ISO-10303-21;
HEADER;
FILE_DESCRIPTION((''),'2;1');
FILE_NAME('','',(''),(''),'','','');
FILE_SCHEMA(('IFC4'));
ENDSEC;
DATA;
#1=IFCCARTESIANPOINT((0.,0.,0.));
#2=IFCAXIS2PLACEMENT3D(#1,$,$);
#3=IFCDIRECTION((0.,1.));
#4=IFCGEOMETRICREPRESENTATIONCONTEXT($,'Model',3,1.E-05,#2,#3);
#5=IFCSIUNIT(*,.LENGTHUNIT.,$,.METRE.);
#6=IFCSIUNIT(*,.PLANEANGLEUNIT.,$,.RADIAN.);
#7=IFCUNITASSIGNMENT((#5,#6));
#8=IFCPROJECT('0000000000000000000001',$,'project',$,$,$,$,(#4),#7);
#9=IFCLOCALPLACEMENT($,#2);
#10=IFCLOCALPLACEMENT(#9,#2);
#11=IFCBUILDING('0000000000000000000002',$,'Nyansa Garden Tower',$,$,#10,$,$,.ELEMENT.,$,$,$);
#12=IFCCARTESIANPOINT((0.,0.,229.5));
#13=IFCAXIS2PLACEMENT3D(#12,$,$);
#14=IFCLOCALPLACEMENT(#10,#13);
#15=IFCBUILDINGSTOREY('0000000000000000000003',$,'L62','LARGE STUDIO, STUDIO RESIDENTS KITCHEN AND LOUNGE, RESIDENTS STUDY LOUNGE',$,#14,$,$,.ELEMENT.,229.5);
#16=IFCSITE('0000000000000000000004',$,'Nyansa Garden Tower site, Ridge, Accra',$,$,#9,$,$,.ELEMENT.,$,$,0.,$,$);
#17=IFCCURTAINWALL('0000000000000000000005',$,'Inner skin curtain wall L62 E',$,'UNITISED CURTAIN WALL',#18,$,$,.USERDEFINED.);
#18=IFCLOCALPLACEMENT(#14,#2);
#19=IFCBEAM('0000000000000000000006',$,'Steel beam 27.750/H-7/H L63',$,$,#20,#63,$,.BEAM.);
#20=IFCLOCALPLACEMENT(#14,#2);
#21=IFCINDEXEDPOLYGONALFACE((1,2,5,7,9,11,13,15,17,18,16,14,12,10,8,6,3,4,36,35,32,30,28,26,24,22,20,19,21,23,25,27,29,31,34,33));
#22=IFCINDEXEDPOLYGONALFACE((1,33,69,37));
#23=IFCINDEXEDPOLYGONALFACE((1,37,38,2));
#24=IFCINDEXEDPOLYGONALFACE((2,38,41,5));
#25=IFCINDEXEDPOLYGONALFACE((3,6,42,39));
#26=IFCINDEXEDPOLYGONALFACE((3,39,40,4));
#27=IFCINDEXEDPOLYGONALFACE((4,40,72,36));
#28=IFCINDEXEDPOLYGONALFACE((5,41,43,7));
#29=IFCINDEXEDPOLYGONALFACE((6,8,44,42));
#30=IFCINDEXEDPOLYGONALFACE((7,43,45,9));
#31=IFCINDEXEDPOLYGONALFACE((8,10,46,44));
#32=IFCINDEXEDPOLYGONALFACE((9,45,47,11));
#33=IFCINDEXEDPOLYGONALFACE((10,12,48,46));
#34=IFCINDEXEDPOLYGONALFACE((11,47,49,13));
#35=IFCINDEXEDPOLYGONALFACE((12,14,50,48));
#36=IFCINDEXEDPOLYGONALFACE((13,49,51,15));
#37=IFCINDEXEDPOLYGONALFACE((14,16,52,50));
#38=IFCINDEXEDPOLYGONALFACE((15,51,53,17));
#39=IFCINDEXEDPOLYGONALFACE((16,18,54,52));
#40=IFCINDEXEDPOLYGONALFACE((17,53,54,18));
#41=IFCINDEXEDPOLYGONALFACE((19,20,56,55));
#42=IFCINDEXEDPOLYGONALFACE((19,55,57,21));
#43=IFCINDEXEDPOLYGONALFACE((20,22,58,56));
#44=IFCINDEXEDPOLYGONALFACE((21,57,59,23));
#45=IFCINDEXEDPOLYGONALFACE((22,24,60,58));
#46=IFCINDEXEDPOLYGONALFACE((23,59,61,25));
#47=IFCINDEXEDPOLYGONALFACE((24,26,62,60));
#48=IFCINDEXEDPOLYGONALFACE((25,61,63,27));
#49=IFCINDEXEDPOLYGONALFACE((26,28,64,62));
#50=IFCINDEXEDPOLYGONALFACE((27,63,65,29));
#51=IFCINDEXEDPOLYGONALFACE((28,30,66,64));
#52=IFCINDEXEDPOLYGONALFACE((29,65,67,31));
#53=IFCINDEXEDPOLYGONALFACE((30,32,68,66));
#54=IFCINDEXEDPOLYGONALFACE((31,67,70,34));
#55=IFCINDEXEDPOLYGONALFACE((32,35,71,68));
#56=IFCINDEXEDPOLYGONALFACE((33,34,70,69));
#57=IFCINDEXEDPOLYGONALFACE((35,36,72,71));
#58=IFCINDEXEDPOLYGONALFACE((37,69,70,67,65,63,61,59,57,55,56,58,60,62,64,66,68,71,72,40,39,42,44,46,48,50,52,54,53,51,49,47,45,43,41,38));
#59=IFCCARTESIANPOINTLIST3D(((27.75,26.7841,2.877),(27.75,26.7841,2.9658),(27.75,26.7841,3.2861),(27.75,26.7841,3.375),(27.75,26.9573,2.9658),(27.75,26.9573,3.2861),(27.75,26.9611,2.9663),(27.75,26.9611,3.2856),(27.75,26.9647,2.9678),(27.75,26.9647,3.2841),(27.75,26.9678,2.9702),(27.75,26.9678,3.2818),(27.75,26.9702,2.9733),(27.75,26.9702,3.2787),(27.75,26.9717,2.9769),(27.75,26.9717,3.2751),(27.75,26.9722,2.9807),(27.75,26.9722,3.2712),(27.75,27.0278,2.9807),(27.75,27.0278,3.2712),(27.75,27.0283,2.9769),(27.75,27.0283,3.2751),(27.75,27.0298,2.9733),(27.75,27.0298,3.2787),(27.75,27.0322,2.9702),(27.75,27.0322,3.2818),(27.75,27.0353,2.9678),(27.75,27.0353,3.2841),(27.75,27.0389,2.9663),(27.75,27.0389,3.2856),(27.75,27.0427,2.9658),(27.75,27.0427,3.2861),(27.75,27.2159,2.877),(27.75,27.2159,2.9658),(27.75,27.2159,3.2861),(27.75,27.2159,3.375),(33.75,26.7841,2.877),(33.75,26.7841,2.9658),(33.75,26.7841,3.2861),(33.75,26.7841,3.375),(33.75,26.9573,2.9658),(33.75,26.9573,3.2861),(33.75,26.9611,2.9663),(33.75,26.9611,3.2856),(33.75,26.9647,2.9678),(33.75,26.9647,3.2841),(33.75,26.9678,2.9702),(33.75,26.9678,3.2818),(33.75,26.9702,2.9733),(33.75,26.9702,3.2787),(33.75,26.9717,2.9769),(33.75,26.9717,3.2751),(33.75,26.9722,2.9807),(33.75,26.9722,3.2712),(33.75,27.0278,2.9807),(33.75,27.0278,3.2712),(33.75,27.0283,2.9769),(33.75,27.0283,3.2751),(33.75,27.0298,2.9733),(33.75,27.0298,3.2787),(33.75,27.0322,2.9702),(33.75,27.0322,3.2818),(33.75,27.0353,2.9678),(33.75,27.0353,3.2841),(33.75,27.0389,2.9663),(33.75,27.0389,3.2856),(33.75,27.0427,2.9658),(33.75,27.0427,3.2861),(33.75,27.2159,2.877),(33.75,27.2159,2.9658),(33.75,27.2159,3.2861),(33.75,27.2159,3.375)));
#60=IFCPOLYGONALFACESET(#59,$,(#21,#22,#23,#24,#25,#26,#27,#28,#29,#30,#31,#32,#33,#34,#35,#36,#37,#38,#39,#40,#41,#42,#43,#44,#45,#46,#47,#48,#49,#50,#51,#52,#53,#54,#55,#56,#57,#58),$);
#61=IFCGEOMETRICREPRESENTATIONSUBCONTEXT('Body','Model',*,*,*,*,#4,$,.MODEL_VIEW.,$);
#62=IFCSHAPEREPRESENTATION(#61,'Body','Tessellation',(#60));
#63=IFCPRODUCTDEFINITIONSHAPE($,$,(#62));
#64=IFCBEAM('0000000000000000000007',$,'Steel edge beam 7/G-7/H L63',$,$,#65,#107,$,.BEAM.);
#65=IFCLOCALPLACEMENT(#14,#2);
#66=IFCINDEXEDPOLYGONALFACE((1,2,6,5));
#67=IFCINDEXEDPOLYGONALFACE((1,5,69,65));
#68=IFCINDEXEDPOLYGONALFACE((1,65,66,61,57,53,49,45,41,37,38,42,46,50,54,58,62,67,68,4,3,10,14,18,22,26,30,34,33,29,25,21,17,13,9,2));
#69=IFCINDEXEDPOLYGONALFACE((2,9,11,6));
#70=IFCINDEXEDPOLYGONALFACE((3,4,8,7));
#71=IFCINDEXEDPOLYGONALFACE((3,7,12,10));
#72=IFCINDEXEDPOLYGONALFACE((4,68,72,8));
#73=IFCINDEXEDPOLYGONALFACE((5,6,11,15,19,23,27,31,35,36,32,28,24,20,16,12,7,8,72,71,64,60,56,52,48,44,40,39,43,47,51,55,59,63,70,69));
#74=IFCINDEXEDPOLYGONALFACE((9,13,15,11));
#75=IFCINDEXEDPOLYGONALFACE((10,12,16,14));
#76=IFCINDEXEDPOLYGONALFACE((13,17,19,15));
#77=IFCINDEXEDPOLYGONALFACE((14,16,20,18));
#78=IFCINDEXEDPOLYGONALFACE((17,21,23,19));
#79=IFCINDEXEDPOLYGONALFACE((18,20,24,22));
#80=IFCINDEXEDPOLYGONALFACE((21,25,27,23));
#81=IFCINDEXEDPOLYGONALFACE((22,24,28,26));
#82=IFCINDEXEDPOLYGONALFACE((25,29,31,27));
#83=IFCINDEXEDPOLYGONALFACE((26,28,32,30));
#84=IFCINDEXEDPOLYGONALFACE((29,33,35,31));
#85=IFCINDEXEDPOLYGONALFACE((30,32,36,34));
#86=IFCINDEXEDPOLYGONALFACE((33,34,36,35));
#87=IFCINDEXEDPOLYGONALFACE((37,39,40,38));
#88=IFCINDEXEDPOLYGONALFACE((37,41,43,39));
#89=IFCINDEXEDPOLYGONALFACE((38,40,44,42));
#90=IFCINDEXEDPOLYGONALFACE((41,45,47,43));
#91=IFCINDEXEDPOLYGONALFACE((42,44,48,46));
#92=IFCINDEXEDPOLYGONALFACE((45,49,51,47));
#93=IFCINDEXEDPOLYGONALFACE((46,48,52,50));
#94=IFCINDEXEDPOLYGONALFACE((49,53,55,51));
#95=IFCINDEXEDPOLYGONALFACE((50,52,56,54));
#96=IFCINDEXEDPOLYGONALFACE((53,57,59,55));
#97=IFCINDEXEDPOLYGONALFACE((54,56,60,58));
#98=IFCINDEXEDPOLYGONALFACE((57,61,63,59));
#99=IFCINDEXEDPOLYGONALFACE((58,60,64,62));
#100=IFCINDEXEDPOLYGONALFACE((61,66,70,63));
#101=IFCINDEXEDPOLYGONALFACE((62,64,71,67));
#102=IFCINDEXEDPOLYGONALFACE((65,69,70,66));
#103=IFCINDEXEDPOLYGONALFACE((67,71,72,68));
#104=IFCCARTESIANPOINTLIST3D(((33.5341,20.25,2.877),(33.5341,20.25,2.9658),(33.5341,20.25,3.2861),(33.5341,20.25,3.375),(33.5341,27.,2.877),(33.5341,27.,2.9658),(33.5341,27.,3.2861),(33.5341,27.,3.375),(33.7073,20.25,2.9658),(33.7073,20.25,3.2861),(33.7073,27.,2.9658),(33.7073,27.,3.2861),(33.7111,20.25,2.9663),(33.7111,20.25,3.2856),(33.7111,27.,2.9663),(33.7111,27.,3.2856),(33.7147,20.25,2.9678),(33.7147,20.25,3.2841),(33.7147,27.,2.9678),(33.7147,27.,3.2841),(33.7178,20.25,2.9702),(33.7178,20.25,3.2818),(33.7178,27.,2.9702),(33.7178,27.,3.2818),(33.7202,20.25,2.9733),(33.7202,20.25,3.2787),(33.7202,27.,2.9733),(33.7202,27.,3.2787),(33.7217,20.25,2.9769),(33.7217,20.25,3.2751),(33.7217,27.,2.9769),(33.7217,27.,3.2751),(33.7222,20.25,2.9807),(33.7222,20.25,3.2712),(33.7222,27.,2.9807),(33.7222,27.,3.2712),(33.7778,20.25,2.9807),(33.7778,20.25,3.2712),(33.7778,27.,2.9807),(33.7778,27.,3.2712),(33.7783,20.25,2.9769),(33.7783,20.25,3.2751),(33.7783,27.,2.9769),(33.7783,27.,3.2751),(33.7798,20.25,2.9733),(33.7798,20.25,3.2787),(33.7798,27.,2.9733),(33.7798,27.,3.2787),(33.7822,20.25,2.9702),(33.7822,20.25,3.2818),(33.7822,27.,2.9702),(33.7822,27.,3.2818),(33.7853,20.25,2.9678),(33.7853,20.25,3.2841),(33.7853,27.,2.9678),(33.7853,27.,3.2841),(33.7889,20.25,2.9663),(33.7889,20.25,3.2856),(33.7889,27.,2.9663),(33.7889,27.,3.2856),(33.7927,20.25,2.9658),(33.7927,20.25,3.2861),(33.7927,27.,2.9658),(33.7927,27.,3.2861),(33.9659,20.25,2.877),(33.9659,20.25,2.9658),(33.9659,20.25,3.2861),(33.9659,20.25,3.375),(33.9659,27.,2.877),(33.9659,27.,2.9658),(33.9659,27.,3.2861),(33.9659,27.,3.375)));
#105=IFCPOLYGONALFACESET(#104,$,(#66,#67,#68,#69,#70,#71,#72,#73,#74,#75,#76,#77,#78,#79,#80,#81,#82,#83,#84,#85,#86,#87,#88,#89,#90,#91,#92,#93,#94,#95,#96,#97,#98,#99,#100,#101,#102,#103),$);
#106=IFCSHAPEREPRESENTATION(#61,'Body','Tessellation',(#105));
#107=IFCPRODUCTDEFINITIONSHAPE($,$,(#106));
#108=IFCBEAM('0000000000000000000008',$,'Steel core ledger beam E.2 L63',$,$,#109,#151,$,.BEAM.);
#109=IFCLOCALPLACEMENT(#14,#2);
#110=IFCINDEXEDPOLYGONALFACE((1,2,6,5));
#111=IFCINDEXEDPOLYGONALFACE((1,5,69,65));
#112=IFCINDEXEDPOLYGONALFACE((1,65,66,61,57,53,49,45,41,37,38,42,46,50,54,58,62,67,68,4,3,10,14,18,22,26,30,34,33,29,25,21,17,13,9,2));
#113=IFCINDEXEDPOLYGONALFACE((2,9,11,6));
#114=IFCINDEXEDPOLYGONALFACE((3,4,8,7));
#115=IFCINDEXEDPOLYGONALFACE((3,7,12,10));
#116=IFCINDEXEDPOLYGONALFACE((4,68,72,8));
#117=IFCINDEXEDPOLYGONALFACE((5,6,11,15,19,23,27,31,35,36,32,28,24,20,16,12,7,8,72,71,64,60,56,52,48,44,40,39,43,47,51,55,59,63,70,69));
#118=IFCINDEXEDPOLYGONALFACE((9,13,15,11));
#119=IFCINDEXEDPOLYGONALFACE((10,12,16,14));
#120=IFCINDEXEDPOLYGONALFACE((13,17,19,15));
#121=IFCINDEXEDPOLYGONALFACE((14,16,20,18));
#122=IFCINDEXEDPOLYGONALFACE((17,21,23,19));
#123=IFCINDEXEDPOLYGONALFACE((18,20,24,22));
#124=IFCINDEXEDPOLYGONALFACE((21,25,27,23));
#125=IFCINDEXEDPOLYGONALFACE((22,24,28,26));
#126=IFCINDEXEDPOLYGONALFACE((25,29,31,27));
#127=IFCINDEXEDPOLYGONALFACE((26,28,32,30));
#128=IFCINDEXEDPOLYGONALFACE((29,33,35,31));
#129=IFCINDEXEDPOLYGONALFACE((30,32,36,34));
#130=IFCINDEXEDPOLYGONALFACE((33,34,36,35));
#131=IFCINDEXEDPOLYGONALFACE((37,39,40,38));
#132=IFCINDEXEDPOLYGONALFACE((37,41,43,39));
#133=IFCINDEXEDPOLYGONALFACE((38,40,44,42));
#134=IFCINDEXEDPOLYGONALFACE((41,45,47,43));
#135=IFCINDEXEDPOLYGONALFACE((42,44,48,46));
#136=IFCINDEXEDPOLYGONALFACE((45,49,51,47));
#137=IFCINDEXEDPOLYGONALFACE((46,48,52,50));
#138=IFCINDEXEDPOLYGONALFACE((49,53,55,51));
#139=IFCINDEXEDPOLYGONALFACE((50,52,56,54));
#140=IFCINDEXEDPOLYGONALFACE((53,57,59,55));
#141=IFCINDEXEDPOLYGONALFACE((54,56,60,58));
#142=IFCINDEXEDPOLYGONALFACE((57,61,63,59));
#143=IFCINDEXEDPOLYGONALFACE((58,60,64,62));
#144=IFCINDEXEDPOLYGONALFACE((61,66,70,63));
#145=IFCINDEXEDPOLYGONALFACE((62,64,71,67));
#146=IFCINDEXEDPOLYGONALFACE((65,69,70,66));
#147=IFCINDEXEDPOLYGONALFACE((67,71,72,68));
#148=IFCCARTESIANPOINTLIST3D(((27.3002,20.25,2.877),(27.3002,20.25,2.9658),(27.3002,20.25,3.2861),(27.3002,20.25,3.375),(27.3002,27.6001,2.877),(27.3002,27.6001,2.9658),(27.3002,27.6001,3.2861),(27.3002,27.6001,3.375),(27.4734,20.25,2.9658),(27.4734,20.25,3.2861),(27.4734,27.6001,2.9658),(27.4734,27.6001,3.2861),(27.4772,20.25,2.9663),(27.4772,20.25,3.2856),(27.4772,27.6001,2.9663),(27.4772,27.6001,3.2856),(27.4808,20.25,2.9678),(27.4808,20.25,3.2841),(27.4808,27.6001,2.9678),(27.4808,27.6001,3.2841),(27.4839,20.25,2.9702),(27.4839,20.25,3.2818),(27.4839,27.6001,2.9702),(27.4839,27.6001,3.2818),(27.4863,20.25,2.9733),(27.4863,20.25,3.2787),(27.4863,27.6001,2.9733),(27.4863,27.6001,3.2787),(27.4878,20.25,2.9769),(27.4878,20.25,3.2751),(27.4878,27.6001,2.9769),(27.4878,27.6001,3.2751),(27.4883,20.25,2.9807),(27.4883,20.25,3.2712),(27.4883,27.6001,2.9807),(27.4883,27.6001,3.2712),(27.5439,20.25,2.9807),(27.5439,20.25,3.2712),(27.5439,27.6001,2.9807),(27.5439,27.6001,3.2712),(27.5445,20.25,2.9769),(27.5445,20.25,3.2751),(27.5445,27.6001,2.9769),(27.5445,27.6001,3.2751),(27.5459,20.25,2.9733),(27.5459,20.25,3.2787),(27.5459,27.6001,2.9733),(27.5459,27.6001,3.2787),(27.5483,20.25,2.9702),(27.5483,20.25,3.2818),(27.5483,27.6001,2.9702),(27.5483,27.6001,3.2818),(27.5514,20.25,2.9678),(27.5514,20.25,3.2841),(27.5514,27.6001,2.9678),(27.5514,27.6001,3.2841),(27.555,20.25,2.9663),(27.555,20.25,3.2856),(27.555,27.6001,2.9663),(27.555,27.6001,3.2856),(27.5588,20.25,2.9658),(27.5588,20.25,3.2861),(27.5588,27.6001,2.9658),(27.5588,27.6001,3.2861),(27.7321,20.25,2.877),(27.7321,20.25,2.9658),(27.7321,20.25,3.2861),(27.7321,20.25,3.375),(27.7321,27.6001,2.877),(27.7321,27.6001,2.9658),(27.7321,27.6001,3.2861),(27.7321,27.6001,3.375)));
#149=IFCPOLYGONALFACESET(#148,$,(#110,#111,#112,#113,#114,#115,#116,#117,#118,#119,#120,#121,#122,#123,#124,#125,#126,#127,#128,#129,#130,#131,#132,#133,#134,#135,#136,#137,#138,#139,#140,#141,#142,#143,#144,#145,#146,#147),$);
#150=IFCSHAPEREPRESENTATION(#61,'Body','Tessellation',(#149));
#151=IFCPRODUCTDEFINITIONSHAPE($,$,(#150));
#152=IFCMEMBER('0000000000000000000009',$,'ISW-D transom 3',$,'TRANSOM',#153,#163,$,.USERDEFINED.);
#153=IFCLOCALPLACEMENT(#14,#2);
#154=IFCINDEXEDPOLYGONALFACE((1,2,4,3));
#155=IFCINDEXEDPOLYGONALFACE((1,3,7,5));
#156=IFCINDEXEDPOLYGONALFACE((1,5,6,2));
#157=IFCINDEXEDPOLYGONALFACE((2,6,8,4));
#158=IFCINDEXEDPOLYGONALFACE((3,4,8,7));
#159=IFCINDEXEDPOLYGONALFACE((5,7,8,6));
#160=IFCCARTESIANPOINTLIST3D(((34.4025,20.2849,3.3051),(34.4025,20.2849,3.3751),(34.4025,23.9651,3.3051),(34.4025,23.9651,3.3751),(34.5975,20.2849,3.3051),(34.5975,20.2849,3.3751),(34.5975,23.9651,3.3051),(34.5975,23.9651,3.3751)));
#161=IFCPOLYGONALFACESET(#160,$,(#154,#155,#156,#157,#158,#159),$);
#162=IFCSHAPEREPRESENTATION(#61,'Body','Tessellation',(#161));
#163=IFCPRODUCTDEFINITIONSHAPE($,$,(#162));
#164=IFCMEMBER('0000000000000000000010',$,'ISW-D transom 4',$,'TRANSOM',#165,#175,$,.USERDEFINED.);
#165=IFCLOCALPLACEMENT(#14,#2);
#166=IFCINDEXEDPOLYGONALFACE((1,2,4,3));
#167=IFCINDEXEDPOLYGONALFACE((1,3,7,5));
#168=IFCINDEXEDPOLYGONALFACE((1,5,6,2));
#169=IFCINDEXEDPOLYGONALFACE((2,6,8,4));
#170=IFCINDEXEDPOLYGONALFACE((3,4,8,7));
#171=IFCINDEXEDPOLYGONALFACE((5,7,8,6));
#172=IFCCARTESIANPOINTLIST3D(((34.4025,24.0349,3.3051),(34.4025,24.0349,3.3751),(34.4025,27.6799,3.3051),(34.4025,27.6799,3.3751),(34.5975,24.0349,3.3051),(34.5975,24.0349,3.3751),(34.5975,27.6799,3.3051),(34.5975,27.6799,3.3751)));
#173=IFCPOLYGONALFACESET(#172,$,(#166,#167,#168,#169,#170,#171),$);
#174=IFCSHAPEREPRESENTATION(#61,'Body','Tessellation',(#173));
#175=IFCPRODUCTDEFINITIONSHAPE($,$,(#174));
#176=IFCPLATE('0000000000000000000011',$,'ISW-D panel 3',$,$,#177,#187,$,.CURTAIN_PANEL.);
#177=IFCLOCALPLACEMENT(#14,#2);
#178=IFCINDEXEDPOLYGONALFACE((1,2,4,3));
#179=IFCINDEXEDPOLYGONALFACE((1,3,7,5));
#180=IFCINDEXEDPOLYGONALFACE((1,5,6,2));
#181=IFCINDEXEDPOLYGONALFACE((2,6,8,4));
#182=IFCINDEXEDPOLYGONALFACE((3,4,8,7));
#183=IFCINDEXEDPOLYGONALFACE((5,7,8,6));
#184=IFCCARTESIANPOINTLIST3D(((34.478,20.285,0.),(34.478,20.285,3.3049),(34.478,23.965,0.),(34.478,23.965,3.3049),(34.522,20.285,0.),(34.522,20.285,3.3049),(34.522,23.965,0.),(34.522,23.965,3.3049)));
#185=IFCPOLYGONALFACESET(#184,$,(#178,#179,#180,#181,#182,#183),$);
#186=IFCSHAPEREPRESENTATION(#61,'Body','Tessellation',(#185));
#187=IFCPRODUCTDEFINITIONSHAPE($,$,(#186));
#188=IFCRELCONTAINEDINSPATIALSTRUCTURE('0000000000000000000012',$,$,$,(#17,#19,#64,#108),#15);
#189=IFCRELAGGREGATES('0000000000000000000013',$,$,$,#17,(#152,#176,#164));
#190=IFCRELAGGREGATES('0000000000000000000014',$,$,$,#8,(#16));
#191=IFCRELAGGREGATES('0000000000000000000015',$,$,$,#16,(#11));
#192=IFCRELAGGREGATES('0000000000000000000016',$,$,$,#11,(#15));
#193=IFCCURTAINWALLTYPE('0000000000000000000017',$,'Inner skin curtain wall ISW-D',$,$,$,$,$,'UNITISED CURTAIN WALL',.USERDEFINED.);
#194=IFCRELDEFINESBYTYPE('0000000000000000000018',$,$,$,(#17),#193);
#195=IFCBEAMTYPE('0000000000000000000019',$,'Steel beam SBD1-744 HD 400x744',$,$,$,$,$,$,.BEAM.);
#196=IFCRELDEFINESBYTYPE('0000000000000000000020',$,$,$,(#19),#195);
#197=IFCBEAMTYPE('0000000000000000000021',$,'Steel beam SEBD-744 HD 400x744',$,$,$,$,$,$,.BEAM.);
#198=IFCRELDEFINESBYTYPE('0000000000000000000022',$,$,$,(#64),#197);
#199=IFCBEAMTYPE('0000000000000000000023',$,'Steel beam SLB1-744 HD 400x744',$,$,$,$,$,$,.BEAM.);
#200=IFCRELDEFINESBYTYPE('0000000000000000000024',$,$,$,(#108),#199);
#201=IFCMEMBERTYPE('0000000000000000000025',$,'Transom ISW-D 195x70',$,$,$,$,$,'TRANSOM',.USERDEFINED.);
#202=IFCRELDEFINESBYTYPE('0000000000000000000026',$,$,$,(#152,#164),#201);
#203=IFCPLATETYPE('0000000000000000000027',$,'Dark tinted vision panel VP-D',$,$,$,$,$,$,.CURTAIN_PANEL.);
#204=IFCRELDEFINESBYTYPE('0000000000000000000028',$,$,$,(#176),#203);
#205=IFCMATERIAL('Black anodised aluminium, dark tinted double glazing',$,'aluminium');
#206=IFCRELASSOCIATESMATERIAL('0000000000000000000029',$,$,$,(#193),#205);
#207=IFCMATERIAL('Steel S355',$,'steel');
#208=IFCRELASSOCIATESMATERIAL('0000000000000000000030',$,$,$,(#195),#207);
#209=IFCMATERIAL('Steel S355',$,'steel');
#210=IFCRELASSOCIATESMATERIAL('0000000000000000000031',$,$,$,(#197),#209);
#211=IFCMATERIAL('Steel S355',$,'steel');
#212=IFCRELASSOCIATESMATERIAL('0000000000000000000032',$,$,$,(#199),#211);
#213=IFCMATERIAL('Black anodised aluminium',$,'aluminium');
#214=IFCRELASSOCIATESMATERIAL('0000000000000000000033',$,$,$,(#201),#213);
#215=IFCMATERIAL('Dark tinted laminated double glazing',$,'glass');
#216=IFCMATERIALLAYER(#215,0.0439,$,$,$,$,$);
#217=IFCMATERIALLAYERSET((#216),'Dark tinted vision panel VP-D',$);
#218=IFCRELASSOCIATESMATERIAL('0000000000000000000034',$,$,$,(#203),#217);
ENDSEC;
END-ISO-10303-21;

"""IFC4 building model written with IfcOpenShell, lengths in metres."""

from ifc_helpers import new_model, si_unit, direction, frame, origin, origin_2d, place, context, subcontext, project, spatial, rectangle, i_section, extrude, material, layer, layer_set, material_profile, profile_set, type_object, element, aggregate, save


model = new_model("IFC4")

# Units and contexts
model_context = context("Model", 3, precision=1e-05, world=origin(), true_north=direction((0.0, 1.0)))
body_context = subcontext(model_context, "Body", "Model", "MODEL_VIEW")
ifc_project = project(units=[si_unit("LENGTHUNIT", "METRE"), si_unit("PLANEANGLEUNIT", "RADIAN")], contexts=[model_context])

# Site, building, storey
site_placement = place(None, origin())
site = spatial("IfcSite", under=ifc_project, at=site_placement, Name="Nyansa Garden Tower site, Ridge, Accra", CompositionType="ELEMENT", RefElevation=0.0)
building_placement = place(site_placement, origin())
building = spatial("IfcBuilding", under=site, at=building_placement, Name="Nyansa Garden Tower", CompositionType="ELEMENT")
storey_placement = place(building_placement, frame((0.0, 0.0, 229.5)))
storey = spatial("IfcBuildingStorey", under=building, at=storey_placement, Name="L62", Description="LARGE STUDIO, STUDIO RESIDENTS KITCHEN AND LOUNGE, RESIDENTS STUDY LOUNGE", CompositionType="ELEMENT", Elevation=229.5)

# Curtain wall
ifc_material_1 = material(Name="Black anodised aluminium, dark tinted double glazing", Category="aluminium")
curtain_wall_type = type_object("IfcCurtainWallType", Name="Inner skin curtain wall ISW-D", ElementType="UNITISED CURTAIN WALL", PredefinedType="USERDEFINED", material=ifc_material_1)
curtain_wall_placement = place(storey_placement, origin())
curtain_wall = element("IfcCurtainWall", 1, at=curtain_wall_placement, inside=storey, type_object=curtain_wall_type, Name="Inner skin curtain wall L62 E", ObjectType="UNITISED CURTAIN WALL", PredefinedType="USERDEFINED")

# Beams
ifc_material_2 = material(Name="Steel S355", Category="steel")
ifc_material_profile_1 = material_profile(ifc_material_2, i_section(OverallWidth=0.4319, OverallDepth=0.498, WebThickness=0.0557, FlangeThickness=0.0889, FilletRadius=0.0149, at=origin_2d()), Name="HD 400x744")
ifc_profile_set_1 = profile_set([ifc_material_profile_1], Name="Steel S355")
beam_type_1 = type_object("IfcBeamType", Name="Steel beam SBD1-744 HD 400x744", PredefinedType="BEAM", material=ifc_profile_set_1)
for number, where, z_axis, x_axis, name in (
    (2, (27.75, 27.0, 3.126), (1.0, 0.0, 0.0), (0.0, 1.0, 0.0), "Steel beam 27.750/H-7/H L63"),
):
    element("IfcBeam", number, at=place(storey_placement, frame(where, z_axis=z_axis, x_axis=x_axis)), inside=storey, type_object=beam_type_1, Name=name, PredefinedType="BEAM", context=body_context, shape_type="SweptSolid", body=[
        extrude(i_section(OverallWidth=0.4319, OverallDepth=0.498, WebThickness=0.0557, FlangeThickness=0.0889, FilletRadius=0.0149, at=origin_2d()), origin(), (0.0, 0.0, 1.0), 6.0),
    ])
ifc_material_3 = material(Name="Steel S355", Category="steel")
ifc_material_profile_2 = material_profile(ifc_material_3, i_section(OverallWidth=0.4319, OverallDepth=0.498, WebThickness=0.0557, FlangeThickness=0.0889, FilletRadius=0.0149, at=origin_2d()), Name="HD 400x744")
ifc_profile_set_2 = profile_set([ifc_material_profile_2], Name="Steel S355")
beam_type_2 = type_object("IfcBeamType", Name="Steel beam SEBD-744 HD 400x744", PredefinedType="BEAM", material=ifc_profile_set_2)
beam_1_placement = place(storey_placement, frame((33.75, 20.25, 3.126), z_axis=(0.0, 1.0, 0.0), x_axis=(-1.0, 0.0, 0.0)))
element("IfcBeam", 3, at=beam_1_placement, inside=storey, type_object=beam_type_2, Name="Steel edge beam 7/G-7/H L63", PredefinedType="BEAM", context=body_context, shape_type="SweptSolid", body=[
    extrude(i_section(OverallWidth=0.4319, OverallDepth=0.498, WebThickness=0.0557, FlangeThickness=0.0889, FilletRadius=0.0149, at=origin_2d()), origin(), (0.0, 0.0, 1.0), 6.75),
])
ifc_material_4 = material(Name="Steel S355", Category="steel")
ifc_material_profile_3 = material_profile(ifc_material_4, i_section(OverallWidth=0.4319, OverallDepth=0.498, WebThickness=0.0557, FlangeThickness=0.0889, FilletRadius=0.0149, at=origin_2d()), Name="HD 400x744")
ifc_profile_set_3 = profile_set([ifc_material_profile_3], Name="Steel S355")
beam_type_3 = type_object("IfcBeamType", Name="Steel beam SLB1-744 HD 400x744", PredefinedType="BEAM", material=ifc_profile_set_3)
beam_2_placement = place(storey_placement, frame((27.5161, 20.25, 3.126), z_axis=(0.0, 1.0, 0.0), x_axis=(-1.0, 0.0, 0.0)))
element("IfcBeam", 4, at=beam_2_placement, inside=storey, type_object=beam_type_3, Name="Steel core ledger beam E.2 L63", PredefinedType="BEAM", context=body_context, shape_type="SweptSolid", body=[
    extrude(i_section(OverallWidth=0.4319, OverallDepth=0.498, WebThickness=0.0557, FlangeThickness=0.0889, FilletRadius=0.0149, at=origin_2d()), origin(), (0.0, 0.0, 1.0), 7.3501),
])

# Members
ifc_material_5 = material(Name="Black anodised aluminium", Category="aluminium")
ifc_material_profile_4 = material_profile(ifc_material_5, rectangle(XDim=0.1951, YDim=0.0701, at=origin_2d()), Name="Transom 195x70")
ifc_profile_set_4 = profile_set([ifc_material_profile_4], Name="Black anodised aluminium")
member_type_1 = type_object("IfcMemberType", Name="Transom ISW-D 195x70", ElementType="TRANSOM", PredefinedType="USERDEFINED", material=ifc_profile_set_4)
member_1_placement = place(storey_placement, frame((34.5, 20.2849, 3.3401), z_axis=(0.0, 1.0, 0.0), x_axis=(-1.0, 0.0, 0.0)))
member_1 = element("IfcMember", 5, at=member_1_placement, type_object=member_type_1, Name="ISW-D transom 3", ObjectType="TRANSOM", PredefinedType="USERDEFINED", context=body_context, shape_type="SweptSolid", body=[
    extrude(rectangle(XDim=0.1951, YDim=0.0701, at=origin_2d()), origin(), (0.0, 0.0, 1.0), 3.6802),
])
member_2_placement = place(storey_placement, frame((34.5, 24.0349, 3.3401), z_axis=(0.0, 1.0, 0.0), x_axis=(-1.0, 0.0, 0.0)))
member_2 = element("IfcMember", 6, at=member_2_placement, type_object=member_type_1, Name="ISW-D transom 4", ObjectType="TRANSOM", PredefinedType="USERDEFINED", context=body_context, shape_type="SweptSolid", body=[
    extrude(rectangle(XDim=0.1951, YDim=0.0701, at=origin_2d()), origin(), (0.0, 0.0, 1.0), 3.645),
])

# Plate
ifc_material_6 = material(Name="Dark tinted laminated double glazing", Category="glass")
ifc_layer_1 = layer(ifc_material_6, 0.0439)
ifc_layer_set_1 = layer_set([ifc_layer_1], Name="Dark tinted vision panel VP-D")
plate_type = type_object("IfcPlateType", Name="Dark tinted vision panel VP-D", PredefinedType="CURTAIN_PANEL", material=ifc_layer_set_1)
plate_1_placement = place(storey_placement, frame((34.5, 22.125, 0.0), z_axis=(0.0, 0.0, 1.0), x_axis=(0.0, 1.0, 0.0)))
plate_1 = element("IfcPlate", 7, at=plate_1_placement, type_object=plate_type, Name="ISW-D panel 3", PredefinedType="CURTAIN_PANEL", context=body_context, shape_type="SweptSolid", body=[
    extrude(rectangle(XDim=3.6799, YDim=0.0439, at=origin_2d()), origin(), (0.0, 0.0, 1.0), 3.3049),
])
aggregate(curtain_wall, [member_1, plate_1, member_2])

save(model, "model.ifc")
